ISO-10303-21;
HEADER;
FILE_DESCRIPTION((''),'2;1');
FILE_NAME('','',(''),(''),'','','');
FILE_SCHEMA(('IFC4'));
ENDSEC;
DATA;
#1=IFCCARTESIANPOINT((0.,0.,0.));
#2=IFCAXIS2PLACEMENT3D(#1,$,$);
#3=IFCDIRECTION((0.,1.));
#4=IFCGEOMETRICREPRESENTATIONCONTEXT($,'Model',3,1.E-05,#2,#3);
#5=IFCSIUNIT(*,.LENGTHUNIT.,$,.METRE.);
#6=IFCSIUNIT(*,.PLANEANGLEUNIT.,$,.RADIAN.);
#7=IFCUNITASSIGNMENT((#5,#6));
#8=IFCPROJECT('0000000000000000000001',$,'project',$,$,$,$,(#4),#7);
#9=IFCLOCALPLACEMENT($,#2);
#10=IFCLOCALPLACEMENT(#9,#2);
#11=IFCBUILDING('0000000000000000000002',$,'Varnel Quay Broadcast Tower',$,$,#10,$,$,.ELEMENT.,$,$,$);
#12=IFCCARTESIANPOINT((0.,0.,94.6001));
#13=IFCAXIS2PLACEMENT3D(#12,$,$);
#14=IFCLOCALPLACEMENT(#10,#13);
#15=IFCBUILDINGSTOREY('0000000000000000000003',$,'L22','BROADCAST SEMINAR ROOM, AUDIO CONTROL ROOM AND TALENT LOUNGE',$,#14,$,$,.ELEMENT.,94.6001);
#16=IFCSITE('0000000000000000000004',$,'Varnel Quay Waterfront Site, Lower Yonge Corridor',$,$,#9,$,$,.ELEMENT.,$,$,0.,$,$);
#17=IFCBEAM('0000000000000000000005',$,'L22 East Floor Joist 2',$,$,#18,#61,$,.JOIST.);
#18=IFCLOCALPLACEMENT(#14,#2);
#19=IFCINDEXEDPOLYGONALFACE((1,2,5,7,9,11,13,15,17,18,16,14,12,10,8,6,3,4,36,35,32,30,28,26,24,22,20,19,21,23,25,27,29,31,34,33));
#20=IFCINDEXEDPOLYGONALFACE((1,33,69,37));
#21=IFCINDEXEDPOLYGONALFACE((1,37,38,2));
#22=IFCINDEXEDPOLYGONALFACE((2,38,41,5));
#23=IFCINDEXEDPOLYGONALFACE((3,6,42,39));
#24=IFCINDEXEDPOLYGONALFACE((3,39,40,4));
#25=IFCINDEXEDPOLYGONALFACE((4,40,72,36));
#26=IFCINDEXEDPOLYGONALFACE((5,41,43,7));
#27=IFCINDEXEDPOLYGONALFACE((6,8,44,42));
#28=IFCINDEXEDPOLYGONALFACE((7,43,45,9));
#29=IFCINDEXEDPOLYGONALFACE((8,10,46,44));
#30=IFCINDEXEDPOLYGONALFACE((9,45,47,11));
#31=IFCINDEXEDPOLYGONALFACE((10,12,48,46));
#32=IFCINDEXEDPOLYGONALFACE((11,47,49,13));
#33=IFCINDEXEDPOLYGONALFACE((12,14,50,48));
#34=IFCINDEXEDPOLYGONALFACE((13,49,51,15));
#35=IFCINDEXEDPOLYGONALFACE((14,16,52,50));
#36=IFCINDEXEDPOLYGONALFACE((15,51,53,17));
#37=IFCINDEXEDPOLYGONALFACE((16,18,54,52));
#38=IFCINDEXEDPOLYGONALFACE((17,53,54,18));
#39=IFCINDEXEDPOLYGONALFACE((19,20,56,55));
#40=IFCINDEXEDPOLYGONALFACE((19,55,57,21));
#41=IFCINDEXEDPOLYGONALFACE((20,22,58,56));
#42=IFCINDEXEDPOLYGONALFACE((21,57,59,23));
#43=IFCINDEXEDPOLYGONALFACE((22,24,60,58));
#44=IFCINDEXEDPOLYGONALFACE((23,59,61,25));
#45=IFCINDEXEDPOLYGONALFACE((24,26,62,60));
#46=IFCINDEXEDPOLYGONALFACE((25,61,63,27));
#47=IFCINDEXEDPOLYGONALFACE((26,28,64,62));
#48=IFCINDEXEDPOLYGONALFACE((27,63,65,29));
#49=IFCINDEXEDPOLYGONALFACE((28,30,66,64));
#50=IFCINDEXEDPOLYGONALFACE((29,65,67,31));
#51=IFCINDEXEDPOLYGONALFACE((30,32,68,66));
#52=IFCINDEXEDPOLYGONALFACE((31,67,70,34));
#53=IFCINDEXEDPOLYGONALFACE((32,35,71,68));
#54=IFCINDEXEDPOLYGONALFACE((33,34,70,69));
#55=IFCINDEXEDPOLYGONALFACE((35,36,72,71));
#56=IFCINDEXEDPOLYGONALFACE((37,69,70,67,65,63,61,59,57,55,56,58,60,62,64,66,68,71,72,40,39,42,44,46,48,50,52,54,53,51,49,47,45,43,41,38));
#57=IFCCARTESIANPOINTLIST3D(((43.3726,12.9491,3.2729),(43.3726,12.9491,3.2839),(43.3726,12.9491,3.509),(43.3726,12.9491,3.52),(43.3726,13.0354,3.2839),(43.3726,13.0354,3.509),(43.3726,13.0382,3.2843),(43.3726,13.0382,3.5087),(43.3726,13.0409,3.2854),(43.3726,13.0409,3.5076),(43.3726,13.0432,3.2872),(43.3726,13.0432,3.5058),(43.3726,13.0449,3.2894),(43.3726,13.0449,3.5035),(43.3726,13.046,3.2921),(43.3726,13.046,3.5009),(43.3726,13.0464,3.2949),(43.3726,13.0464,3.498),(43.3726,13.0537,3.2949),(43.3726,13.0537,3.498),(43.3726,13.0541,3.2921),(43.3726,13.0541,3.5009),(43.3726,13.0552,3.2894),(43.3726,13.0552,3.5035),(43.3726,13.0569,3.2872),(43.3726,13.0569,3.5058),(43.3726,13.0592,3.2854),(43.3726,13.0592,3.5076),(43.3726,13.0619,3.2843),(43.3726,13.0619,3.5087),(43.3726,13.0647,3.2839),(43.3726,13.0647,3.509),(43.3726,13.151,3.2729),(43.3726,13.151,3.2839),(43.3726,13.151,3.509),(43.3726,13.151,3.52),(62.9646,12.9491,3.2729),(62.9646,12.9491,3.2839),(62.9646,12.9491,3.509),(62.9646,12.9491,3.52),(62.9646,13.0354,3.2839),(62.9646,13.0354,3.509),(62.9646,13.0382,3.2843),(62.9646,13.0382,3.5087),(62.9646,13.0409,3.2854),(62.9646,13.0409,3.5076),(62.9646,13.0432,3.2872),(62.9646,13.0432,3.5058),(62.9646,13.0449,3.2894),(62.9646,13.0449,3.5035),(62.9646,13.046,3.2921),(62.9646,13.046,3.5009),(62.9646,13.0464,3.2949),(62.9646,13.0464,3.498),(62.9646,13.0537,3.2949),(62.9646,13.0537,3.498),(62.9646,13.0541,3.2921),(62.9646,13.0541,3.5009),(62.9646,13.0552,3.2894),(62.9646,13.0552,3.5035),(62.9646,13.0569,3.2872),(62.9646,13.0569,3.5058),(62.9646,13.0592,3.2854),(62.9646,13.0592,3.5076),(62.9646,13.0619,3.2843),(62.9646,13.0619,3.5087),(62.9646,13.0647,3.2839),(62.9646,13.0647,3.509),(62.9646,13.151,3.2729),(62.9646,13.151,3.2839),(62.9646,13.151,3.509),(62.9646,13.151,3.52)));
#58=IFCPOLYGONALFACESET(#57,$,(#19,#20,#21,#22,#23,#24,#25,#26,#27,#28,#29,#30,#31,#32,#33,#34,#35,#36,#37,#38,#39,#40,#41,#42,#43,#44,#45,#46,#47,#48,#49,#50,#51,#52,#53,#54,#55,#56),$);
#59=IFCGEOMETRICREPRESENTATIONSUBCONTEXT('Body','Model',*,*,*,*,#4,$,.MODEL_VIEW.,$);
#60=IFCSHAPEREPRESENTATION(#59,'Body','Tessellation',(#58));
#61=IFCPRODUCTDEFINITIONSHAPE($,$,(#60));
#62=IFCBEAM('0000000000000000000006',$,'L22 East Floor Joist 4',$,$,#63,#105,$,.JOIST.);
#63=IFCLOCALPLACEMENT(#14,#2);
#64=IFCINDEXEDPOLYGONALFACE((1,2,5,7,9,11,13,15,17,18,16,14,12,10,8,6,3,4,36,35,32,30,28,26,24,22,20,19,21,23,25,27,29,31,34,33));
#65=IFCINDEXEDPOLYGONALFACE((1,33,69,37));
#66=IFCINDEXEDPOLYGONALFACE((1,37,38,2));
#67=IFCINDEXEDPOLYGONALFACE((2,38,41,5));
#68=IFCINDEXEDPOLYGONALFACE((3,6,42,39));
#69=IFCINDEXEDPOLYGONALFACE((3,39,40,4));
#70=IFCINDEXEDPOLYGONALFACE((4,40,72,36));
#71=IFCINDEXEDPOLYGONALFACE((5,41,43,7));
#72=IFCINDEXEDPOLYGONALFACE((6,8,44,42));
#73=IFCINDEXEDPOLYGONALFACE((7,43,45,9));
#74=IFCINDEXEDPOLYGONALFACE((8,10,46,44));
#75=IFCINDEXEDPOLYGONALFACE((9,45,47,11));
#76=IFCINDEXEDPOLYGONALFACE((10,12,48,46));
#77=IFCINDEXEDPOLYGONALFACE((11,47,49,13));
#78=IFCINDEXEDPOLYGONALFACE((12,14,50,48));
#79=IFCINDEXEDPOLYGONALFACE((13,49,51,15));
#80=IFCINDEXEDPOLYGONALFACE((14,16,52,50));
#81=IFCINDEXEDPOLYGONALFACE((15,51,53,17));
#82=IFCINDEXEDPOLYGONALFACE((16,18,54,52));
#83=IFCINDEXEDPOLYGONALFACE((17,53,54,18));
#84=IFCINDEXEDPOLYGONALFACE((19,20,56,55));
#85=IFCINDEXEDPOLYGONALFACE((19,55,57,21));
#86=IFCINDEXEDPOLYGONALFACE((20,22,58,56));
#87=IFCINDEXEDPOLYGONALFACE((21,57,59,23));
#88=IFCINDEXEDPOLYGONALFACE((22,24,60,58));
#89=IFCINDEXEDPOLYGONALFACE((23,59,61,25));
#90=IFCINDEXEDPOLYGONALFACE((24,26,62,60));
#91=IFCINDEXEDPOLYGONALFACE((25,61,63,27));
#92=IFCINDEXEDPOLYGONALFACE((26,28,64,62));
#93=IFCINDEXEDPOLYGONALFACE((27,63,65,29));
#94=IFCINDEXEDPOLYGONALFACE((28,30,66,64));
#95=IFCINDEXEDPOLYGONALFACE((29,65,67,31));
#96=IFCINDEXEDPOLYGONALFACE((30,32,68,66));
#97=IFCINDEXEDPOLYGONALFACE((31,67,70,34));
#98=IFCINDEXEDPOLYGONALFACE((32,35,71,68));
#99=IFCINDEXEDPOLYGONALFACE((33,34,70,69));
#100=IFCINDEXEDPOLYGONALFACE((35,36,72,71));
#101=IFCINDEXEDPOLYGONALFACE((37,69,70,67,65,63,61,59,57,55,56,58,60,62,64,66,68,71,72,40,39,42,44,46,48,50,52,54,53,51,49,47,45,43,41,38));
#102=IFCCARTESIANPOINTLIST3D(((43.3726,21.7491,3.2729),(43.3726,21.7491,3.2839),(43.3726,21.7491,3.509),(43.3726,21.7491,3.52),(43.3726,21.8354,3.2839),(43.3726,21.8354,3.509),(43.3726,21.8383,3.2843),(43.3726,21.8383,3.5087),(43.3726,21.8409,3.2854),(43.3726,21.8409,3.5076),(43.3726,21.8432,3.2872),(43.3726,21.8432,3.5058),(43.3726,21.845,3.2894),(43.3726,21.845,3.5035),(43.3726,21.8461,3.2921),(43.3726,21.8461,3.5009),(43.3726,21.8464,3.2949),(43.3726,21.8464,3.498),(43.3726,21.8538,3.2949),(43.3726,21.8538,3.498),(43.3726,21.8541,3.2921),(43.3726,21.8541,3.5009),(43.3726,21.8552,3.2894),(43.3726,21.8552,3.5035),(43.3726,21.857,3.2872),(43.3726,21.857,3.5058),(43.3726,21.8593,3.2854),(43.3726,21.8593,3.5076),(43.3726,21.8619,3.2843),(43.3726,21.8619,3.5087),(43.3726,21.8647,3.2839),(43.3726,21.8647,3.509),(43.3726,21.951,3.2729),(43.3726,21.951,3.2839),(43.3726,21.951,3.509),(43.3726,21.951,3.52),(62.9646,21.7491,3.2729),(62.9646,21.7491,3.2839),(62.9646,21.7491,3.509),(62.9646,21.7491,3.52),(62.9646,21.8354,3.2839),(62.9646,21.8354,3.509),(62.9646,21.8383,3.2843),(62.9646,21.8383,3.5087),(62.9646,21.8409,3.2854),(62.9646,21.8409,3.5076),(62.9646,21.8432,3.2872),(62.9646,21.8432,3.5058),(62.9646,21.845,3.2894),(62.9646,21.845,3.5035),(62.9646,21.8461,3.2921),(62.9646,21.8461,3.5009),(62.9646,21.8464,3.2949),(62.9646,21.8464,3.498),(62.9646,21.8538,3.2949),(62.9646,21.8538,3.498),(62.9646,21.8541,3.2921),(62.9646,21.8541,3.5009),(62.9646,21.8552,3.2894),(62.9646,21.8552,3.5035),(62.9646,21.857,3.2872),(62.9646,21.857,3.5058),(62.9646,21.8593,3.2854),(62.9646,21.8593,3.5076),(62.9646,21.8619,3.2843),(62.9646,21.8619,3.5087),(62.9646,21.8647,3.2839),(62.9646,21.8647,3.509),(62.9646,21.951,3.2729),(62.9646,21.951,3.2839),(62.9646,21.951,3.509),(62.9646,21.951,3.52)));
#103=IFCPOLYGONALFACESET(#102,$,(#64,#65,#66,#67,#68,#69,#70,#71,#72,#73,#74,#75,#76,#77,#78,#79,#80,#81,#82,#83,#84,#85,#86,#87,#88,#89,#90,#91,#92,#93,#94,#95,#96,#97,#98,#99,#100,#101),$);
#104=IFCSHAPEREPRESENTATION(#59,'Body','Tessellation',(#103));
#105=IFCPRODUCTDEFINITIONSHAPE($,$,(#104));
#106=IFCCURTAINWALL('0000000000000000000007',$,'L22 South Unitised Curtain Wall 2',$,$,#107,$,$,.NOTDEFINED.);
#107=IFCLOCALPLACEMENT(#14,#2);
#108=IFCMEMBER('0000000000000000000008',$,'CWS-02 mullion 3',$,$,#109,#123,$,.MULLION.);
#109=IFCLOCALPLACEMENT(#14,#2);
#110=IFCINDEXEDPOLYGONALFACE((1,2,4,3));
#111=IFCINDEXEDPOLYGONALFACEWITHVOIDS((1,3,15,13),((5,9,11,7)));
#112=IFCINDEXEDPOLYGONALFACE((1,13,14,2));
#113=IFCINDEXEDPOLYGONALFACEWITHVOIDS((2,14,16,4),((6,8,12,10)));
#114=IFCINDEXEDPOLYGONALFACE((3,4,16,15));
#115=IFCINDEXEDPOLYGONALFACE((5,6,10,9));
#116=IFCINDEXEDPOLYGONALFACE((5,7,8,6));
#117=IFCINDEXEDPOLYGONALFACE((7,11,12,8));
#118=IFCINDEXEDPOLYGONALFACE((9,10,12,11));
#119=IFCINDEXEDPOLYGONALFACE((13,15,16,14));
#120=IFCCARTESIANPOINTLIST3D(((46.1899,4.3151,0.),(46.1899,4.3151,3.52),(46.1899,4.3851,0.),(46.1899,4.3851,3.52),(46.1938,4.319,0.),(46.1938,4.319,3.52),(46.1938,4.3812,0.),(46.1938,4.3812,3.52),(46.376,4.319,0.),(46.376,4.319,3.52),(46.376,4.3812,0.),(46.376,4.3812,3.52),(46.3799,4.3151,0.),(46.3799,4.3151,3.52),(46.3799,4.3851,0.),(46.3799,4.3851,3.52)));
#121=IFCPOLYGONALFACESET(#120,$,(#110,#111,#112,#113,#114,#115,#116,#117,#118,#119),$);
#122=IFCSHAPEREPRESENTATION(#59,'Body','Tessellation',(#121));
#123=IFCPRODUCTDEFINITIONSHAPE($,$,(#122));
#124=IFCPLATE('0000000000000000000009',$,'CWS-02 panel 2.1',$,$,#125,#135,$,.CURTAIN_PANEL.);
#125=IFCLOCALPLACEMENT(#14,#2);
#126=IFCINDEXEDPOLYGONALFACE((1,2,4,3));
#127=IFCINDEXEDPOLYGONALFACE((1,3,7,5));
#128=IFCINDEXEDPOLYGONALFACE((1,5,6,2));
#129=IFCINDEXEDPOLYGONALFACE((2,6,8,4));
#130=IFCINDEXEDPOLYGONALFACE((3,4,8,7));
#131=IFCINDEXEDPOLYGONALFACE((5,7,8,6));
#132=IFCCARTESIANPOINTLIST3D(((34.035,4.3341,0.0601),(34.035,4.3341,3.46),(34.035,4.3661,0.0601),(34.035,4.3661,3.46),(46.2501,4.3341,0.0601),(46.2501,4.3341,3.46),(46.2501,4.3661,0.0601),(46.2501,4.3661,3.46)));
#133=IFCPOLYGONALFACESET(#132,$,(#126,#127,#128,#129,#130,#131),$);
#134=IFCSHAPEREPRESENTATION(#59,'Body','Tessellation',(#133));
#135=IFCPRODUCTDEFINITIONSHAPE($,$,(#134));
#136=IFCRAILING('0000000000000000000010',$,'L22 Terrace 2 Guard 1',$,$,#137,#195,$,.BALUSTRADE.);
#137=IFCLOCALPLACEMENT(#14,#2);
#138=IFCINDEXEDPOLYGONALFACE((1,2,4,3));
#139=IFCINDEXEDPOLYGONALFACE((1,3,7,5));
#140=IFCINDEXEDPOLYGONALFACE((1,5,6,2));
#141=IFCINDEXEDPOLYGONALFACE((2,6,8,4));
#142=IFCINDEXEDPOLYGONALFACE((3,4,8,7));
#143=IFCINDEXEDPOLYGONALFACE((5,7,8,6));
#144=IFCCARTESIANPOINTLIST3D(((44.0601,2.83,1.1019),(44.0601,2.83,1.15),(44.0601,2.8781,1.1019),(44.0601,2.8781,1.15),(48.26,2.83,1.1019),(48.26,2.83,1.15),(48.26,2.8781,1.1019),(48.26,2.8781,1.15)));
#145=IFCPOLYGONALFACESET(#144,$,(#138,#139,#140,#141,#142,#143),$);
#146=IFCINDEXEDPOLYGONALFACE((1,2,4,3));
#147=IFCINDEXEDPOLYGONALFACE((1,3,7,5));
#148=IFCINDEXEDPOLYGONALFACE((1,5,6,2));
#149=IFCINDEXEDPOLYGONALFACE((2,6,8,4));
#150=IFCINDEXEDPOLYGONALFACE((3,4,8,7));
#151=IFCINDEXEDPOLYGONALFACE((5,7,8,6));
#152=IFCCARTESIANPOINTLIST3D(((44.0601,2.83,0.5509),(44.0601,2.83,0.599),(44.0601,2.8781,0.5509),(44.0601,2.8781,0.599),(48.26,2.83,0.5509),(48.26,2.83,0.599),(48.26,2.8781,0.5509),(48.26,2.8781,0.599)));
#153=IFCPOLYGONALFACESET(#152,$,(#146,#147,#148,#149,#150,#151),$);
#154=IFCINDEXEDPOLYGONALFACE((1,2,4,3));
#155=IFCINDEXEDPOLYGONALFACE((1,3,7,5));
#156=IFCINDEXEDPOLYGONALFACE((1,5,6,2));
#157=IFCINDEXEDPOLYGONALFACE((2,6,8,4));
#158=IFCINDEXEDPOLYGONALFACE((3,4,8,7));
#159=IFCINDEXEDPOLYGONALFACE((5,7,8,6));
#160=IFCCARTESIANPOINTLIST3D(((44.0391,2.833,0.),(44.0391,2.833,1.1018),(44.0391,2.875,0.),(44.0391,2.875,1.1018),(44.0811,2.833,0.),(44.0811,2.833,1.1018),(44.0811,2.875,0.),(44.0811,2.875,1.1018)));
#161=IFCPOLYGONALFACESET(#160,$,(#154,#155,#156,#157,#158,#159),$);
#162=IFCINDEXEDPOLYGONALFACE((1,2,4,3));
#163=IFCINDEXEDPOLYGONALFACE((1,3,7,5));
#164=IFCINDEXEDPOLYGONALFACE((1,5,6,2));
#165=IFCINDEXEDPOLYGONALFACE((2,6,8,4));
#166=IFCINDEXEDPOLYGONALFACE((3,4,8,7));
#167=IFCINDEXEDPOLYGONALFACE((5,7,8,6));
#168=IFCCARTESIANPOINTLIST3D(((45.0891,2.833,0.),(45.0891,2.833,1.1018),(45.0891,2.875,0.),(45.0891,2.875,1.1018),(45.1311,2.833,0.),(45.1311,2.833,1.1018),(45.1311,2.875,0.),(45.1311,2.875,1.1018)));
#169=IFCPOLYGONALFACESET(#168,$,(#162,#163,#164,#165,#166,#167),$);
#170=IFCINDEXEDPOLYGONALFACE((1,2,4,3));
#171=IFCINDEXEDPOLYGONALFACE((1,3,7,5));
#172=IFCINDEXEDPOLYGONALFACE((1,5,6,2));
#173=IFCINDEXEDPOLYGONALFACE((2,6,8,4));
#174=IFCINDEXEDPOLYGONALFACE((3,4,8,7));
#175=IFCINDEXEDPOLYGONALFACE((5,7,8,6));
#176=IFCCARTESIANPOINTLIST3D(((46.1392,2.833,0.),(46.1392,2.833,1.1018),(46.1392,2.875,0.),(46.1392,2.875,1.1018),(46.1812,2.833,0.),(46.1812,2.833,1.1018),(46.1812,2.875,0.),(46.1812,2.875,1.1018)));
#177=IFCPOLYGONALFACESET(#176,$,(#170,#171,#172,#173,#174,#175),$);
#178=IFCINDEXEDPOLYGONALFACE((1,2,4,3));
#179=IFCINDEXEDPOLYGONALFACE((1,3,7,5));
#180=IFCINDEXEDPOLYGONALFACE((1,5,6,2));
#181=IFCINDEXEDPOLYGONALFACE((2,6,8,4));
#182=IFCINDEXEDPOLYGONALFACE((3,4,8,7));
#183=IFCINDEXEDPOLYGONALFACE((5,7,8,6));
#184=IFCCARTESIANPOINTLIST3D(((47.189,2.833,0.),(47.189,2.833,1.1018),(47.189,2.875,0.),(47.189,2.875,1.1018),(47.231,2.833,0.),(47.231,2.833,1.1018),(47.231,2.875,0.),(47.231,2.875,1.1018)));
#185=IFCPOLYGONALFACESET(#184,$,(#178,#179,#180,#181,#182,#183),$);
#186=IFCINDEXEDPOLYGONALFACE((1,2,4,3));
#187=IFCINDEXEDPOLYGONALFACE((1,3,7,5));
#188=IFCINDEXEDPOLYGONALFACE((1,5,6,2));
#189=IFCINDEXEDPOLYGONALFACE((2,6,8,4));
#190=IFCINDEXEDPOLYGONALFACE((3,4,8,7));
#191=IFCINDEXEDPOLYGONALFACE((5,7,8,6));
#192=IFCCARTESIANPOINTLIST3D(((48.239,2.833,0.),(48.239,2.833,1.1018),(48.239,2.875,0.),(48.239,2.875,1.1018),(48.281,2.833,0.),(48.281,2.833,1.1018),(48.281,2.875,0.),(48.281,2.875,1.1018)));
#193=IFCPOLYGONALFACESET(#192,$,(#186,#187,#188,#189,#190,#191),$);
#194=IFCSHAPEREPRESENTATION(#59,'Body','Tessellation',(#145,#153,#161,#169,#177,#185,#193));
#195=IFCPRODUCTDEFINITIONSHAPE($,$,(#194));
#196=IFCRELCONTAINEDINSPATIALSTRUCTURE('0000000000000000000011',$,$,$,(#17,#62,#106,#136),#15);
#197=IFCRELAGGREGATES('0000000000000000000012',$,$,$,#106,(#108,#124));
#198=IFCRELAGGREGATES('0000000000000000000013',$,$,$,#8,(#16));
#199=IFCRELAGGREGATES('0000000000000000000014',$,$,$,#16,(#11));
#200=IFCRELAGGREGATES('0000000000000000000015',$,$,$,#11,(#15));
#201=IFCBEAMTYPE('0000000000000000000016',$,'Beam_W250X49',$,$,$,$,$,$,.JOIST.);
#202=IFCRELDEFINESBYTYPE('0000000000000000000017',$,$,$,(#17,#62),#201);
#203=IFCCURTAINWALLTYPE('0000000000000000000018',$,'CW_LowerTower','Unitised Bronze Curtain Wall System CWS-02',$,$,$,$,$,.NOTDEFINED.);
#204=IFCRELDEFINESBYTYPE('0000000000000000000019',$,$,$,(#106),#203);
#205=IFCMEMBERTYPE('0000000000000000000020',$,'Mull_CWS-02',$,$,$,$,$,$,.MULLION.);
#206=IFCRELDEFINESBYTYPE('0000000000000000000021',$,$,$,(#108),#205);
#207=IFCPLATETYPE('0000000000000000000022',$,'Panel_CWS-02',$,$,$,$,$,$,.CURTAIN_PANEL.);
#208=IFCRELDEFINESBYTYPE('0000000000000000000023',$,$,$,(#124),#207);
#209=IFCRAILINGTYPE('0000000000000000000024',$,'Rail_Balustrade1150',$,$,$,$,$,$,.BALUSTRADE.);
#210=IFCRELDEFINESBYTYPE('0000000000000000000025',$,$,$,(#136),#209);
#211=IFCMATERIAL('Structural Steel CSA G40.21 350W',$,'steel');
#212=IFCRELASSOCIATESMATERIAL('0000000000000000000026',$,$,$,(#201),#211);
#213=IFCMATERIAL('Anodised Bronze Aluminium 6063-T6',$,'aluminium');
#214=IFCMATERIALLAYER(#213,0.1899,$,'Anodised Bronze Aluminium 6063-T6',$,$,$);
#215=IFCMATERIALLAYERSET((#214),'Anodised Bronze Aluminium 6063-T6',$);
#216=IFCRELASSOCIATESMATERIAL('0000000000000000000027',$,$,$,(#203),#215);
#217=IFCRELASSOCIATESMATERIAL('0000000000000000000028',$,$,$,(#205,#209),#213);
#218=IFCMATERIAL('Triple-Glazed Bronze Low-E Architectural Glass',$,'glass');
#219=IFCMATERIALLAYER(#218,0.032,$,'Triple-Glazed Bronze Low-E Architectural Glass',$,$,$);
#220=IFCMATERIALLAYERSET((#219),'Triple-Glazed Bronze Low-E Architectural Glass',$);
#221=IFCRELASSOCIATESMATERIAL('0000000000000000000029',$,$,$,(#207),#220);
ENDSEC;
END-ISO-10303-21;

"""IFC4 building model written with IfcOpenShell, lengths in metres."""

from ifc_helpers import new_model, si_unit, direction, frame, origin, origin_2d, place, context, subcontext, project, spatial, rectangle, hollow_rectangle, i_section, extrude, source, transform, mapped, material, layer, layer_set, material_profile, profile_set, type_object, type_shapes, element, aggregate, save


model = new_model("IFC4")

# Units and contexts
model_context = context("Model", 3, precision=1e-05, world=origin(), true_north=direction((0.0, 1.0)))
body_context = subcontext(model_context, "Body", "Model", "MODEL_VIEW")
ifc_project = project(units=[si_unit("LENGTHUNIT", "METRE"), si_unit("PLANEANGLEUNIT", "RADIAN")], contexts=[model_context])

# Site, building, storey
site_placement = place(None, origin())
site = spatial("IfcSite", under=ifc_project, at=site_placement, Name="Varnel Quay Waterfront Site, Lower Yonge Corridor", CompositionType="ELEMENT", RefElevation=0.0)
building_placement = place(site_placement, origin())
building = spatial("IfcBuilding", under=site, at=building_placement, Name="Varnel Quay Broadcast Tower", CompositionType="ELEMENT")
storey_placement = place(building_placement, frame((0.0, 0.0, 94.6001)))
storey = spatial("IfcBuildingStorey", under=building, at=storey_placement, Name="L22", Description="BROADCAST SEMINAR ROOM, AUDIO CONTROL ROOM AND TALENT LOUNGE", CompositionType="ELEMENT", Elevation=94.6001)

# Shared definitions
ifc_material_1 = material(Name="Structural Steel CSA G40.21 350W", Category="steel")

# Beams
ifc_material_profile_1 = material_profile(ifc_material_1, i_section(OverallWidth=0.2019, OverallDepth=0.2471, WebThickness=0.0073, FlangeThickness=0.011, FilletRadius=0.011, at=origin_2d()), Name="W250X49")
ifc_profile_set_1 = profile_set([ifc_material_profile_1], Name="Structural Steel CSA G40.21 350W")
beam_type_1 = type_object("IfcBeamType", Name="Beam_W250X49", PredefinedType="JOIST", material=ifc_profile_set_1)
shared_shape_1 = source(origin(), body_context, "Body", "SweptSolid", [
    extrude(i_section(OverallWidth=0.2019, OverallDepth=0.2471, WebThickness=0.0073, FlangeThickness=0.011, FilletRadius=0.011, at=origin_2d()), origin(), (0.0, 0.0, 1.0), 19.592),
])
type_shapes(beam_type_1, [shared_shape_1])
for number, where, z_axis, x_axis, name in (
    (1, (43.3726, 13.05, 3.3965), (1.0, 0.0, 0.0), (0.0, 1.0, 0.0), "L22 East Floor Joist 2"),
    (2, (43.3726, 21.8501, 3.3965), (1.0, 0.0, 0.0), (0.0, 1.0, 0.0), "L22 East Floor Joist 4"),
):
    element("IfcBeam", number, at=place(storey_placement, frame(where, z_axis=z_axis, x_axis=x_axis)), inside=storey, type_object=beam_type_1, Name=name, PredefinedType="JOIST", context=body_context, shape_type="MappedRepresentation", body=[
        mapped(shared_shape_1, transform((0.0, 0.0, 0.0), x_axis=(1.0, 0.0, 0.0), y_axis=(0.0, 1.0, 0.0), z_axis=(0.0, 0.0, 1.0), scale=1.0)),
    ])

# Curtain wall, member, plate
ifc_material_2 = material(Name="Anodised Bronze Aluminium 6063-T6", Category="aluminium")
ifc_layer_1 = layer(ifc_material_2, 0.1899, Name="Anodised Bronze Aluminium 6063-T6")
ifc_layer_set_1 = layer_set([ifc_layer_1], Name="Anodised Bronze Aluminium 6063-T6")
curtain_wall_type = type_object("IfcCurtainWallType", Name="CW_LowerTower", Description="Unitised Bronze Curtain Wall System CWS-02", PredefinedType="NOTDEFINED", material=ifc_layer_set_1)
curtain_wall_placement = place(storey_placement, origin())
curtain_wall = element("IfcCurtainWall", 3, at=curtain_wall_placement, inside=storey, type_object=curtain_wall_type, Name="L22 South Unitised Curtain Wall 2", PredefinedType="NOTDEFINED")
ifc_material_profile_2 = material_profile(ifc_material_2, hollow_rectangle(XDim=0.0701, YDim=0.1899, WallThickness=0.0039, at=origin_2d()), Name="ALU70X190X4")
ifc_profile_set_2 = profile_set([ifc_material_profile_2], Name="Anodised Bronze Aluminium 6063-T6")
member_type = type_object("IfcMemberType", Name="Mull_CWS-02", PredefinedType="MULLION", material=ifc_profile_set_2)
shared_shape_2 = source(origin(), body_context, "Body", "SweptSolid", [
    extrude(hollow_rectangle(XDim=0.0701, YDim=0.1899, WallThickness=0.0039, at=origin_2d()), origin(), (0.0, 0.0, 1.0), 3.52),
])
type_shapes(member_type, [shared_shape_2])
member_placement = place(storey_placement, frame((46.2849, 4.3501, 0.0), z_axis=(0.0, 0.0, 1.0), x_axis=(0.0, 1.0, 0.0)))
member = element("IfcMember", 4, at=member_placement, type_object=member_type, Name="CWS-02 mullion 3", PredefinedType="MULLION", context=body_context, shape_type="MappedRepresentation", body=[
    mapped(shared_shape_2, transform((0.0, 0.0, 0.0), x_axis=(1.0, 0.0, 0.0), y_axis=(0.0, 1.0, 0.0), z_axis=(0.0, 0.0, 1.0), scale=1.0)),
])
ifc_material_3 = material(Name="Triple-Glazed Bronze Low-E Architectural Glass", Category="glass")
ifc_layer_2 = layer(ifc_material_3, 0.032, Name="Triple-Glazed Bronze Low-E Architectural Glass")
ifc_layer_set_2 = layer_set([ifc_layer_2], Name="Triple-Glazed Bronze Low-E Architectural Glass")
plate_type = type_object("IfcPlateType", Name="Panel_CWS-02", PredefinedType="CURTAIN_PANEL", material=ifc_layer_set_2)
shared_shape_3 = source(origin(), body_context, "Body", "SweptSolid", [
    extrude(rectangle(XDim=12.2151, YDim=0.032, at=origin_2d()), origin(), (0.0, 0.0, 1.0), 3.3999),
])
type_shapes(plate_type, [shared_shape_3])
plate_placement = place(storey_placement, frame((40.1426, 4.3501, 0.0601), z_axis=(0.0, 0.0, 1.0), x_axis=(1.0, 0.0, 0.0)))
plate = element("IfcPlate", 5, at=plate_placement, type_object=plate_type, Name="CWS-02 panel 2.1", PredefinedType="CURTAIN_PANEL", context=body_context, shape_type="MappedRepresentation", body=[
    mapped(shared_shape_3, transform((0.0, 0.0, 0.0), x_axis=(1.0, 0.0, 0.0), y_axis=(0.0, 1.0, 0.0), z_axis=(0.0, 0.0, 1.0), scale=1.0)),
])
aggregate(curtain_wall, [member, plate])

# Railing
railing_type = type_object("IfcRailingType", Name="Rail_Balustrade1150", PredefinedType="BALUSTRADE", material=ifc_material_2)
for number, where, name in (
    (6, (44.0601, 2.854, 0.0), "L22 Terrace 2 Guard 1"),
):
    element("IfcRailing", number, at=place(storey_placement, frame(where)), inside=storey, type_object=railing_type, Name=name, PredefinedType="BALUSTRADE", context=body_context, shape_type="SweptSolid", body=[
        extrude(rectangle(XDim=0.0481, YDim=0.0481, at=origin_2d()), frame((0.0, 0.0, 1.126), z_axis=(1.0, 0.0, 0.0), x_axis=(0.0, 1.0, 0.0)), (0.0, 0.0, 1.0), 4.2),
        extrude(rectangle(XDim=0.0481, YDim=0.0481, at=origin_2d()), frame((0.0, 0.0, 0.575), z_axis=(1.0, 0.0, 0.0), x_axis=(0.0, 1.0, 0.0)), (0.0, 0.0, 1.0), 4.2),
        extrude(rectangle(XDim=0.042, YDim=0.042, at=origin_2d()), origin(), (0.0, 0.0, 1.0), 1.1018),
        extrude(rectangle(XDim=0.042, YDim=0.042, at=origin_2d()), frame((1.05, 0.0, 0.0)), (0.0, 0.0, 1.0), 1.1018),
        extrude(rectangle(XDim=0.042, YDim=0.042, at=origin_2d()), frame((2.1001, 0.0, 0.0)), (0.0, 0.0, 1.0), 1.1018),
        extrude(rectangle(XDim=0.042, YDim=0.042, at=origin_2d()), frame((3.1499, 0.0, 0.0)), (0.0, 0.0, 1.0), 1.1018),
        extrude(rectangle(XDim=0.042, YDim=0.042, at=origin_2d()), frame((4.2, 0.0, 0.0)), (0.0, 0.0, 1.0), 1.1018),
    ])

save(model, "model.ifc")
